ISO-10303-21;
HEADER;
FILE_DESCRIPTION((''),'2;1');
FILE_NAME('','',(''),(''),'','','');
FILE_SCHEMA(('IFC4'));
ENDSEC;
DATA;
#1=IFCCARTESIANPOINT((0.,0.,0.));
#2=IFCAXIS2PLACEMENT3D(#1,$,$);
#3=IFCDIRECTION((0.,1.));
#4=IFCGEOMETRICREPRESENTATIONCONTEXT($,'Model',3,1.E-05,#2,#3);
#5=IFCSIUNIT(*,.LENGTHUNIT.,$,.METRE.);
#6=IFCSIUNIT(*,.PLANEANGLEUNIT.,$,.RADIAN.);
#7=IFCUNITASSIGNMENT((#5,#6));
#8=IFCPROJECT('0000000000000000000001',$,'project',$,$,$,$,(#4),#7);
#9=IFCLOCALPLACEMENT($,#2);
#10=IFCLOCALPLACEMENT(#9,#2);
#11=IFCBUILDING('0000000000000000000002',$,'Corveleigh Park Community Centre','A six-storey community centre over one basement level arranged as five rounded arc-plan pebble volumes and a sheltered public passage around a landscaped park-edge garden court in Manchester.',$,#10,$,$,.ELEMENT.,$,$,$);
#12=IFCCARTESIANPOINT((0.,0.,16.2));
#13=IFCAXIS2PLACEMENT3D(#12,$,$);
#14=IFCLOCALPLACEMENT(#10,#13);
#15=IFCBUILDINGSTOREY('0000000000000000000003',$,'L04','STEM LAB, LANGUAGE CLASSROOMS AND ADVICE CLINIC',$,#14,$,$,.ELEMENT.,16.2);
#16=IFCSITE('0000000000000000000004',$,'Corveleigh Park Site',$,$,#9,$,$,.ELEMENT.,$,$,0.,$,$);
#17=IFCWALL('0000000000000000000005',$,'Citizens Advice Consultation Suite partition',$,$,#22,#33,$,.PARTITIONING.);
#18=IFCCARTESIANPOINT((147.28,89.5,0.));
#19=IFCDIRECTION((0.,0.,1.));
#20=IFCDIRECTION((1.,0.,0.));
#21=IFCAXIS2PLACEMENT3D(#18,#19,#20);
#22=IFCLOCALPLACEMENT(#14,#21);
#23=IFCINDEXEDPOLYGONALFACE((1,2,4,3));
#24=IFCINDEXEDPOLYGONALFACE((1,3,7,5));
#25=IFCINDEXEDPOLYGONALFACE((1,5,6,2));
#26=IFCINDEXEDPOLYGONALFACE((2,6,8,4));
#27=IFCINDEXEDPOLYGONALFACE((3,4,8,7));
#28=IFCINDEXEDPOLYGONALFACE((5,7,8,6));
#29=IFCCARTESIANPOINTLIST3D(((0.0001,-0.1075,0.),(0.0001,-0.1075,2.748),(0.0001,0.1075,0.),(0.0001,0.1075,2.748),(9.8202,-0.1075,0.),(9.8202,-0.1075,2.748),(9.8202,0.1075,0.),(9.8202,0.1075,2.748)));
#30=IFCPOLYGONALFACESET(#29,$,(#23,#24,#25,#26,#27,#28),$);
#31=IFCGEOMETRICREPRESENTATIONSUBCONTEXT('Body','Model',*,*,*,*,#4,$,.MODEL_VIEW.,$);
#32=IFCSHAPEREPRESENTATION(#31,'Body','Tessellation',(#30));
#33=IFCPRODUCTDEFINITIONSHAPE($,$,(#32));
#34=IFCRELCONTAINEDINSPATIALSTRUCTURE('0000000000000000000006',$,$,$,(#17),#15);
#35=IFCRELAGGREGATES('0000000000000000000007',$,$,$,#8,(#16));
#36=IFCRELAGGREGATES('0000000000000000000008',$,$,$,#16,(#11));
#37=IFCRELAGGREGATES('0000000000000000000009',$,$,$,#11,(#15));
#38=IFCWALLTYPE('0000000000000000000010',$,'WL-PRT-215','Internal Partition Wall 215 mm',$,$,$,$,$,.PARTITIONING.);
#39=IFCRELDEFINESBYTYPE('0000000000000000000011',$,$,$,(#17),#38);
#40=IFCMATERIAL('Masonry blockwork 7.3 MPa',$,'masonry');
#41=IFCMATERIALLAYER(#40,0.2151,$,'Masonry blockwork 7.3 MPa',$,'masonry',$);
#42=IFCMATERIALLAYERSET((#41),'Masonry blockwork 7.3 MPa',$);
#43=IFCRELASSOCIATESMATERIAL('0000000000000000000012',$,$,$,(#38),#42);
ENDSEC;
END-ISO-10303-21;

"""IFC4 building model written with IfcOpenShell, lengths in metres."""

from ifc_helpers import new_model, si_unit, direction, frame, frame_2d, origin, place, context, subcontext, project, spatial, rectangle, extrude, material, layer, layer_set, type_object, element, save


model = new_model("IFC4")

# Units and contexts
model_context = context("Model", 3, precision=1e-05, world=origin(), true_north=direction((0.0, 1.0)))
body_context = subcontext(model_context, "Body", "Model", "MODEL_VIEW")
ifc_project = project(units=[si_unit("LENGTHUNIT", "METRE"), si_unit("PLANEANGLEUNIT", "RADIAN")], contexts=[model_context])

# Site, building, storey
site_placement = place(None, origin())
site = spatial("IfcSite", under=ifc_project, at=site_placement, Name="Corveleigh Park Site", CompositionType="ELEMENT", RefElevation=0.0)
building_placement = place(site_placement, origin())
building = spatial("IfcBuilding", under=site, at=building_placement, Name="Corveleigh Park Community Centre", Description="A six-storey community centre over one basement level arranged as five rounded arc-plan pebble volumes and a sheltered public passage around a landscaped park-edge garden court in Manchester.", CompositionType="ELEMENT")
storey_placement = place(building_placement, frame((0.0, 0.0, 16.2)))
storey = spatial("IfcBuildingStorey", under=building, at=storey_placement, Name="L04", Description="STEM LAB, LANGUAGE CLASSROOMS AND ADVICE CLINIC", CompositionType="ELEMENT", Elevation=16.2)

# Wall
ifc_material_1 = material(Name="Masonry blockwork 7.3 MPa", Category="masonry")
ifc_layer_1 = layer(ifc_material_1, 0.2151, Name="Masonry blockwork 7.3 MPa", Category="masonry")
ifc_layer_set_1 = layer_set([ifc_layer_1], Name="Masonry blockwork 7.3 MPa")
wall_type_1 = type_object("IfcWallType", Name="WL-PRT-215", Description="Internal Partition Wall 215 mm", PredefinedType="PARTITIONING", material=ifc_layer_set_1)
wall_1_placement = place(storey_placement, frame((147.28, 89.5, 0.0), z_axis=(0.0, 0.0, 1.0), x_axis=(1.0, 0.0, 0.0)))
element("IfcWall", 1, at=wall_1_placement, inside=storey, type_object=wall_type_1, Name="Citizens Advice Consultation Suite partition", PredefinedType="PARTITIONING", context=body_context, shape_type="SweptSolid", body=[
    extrude(rectangle(XDim=9.8201, YDim=0.2151, at=frame_2d((4.9102, 0.0))), origin(), (0.0, 0.0, 1.0), 2.748),
])

save(model, "model.ifc")
